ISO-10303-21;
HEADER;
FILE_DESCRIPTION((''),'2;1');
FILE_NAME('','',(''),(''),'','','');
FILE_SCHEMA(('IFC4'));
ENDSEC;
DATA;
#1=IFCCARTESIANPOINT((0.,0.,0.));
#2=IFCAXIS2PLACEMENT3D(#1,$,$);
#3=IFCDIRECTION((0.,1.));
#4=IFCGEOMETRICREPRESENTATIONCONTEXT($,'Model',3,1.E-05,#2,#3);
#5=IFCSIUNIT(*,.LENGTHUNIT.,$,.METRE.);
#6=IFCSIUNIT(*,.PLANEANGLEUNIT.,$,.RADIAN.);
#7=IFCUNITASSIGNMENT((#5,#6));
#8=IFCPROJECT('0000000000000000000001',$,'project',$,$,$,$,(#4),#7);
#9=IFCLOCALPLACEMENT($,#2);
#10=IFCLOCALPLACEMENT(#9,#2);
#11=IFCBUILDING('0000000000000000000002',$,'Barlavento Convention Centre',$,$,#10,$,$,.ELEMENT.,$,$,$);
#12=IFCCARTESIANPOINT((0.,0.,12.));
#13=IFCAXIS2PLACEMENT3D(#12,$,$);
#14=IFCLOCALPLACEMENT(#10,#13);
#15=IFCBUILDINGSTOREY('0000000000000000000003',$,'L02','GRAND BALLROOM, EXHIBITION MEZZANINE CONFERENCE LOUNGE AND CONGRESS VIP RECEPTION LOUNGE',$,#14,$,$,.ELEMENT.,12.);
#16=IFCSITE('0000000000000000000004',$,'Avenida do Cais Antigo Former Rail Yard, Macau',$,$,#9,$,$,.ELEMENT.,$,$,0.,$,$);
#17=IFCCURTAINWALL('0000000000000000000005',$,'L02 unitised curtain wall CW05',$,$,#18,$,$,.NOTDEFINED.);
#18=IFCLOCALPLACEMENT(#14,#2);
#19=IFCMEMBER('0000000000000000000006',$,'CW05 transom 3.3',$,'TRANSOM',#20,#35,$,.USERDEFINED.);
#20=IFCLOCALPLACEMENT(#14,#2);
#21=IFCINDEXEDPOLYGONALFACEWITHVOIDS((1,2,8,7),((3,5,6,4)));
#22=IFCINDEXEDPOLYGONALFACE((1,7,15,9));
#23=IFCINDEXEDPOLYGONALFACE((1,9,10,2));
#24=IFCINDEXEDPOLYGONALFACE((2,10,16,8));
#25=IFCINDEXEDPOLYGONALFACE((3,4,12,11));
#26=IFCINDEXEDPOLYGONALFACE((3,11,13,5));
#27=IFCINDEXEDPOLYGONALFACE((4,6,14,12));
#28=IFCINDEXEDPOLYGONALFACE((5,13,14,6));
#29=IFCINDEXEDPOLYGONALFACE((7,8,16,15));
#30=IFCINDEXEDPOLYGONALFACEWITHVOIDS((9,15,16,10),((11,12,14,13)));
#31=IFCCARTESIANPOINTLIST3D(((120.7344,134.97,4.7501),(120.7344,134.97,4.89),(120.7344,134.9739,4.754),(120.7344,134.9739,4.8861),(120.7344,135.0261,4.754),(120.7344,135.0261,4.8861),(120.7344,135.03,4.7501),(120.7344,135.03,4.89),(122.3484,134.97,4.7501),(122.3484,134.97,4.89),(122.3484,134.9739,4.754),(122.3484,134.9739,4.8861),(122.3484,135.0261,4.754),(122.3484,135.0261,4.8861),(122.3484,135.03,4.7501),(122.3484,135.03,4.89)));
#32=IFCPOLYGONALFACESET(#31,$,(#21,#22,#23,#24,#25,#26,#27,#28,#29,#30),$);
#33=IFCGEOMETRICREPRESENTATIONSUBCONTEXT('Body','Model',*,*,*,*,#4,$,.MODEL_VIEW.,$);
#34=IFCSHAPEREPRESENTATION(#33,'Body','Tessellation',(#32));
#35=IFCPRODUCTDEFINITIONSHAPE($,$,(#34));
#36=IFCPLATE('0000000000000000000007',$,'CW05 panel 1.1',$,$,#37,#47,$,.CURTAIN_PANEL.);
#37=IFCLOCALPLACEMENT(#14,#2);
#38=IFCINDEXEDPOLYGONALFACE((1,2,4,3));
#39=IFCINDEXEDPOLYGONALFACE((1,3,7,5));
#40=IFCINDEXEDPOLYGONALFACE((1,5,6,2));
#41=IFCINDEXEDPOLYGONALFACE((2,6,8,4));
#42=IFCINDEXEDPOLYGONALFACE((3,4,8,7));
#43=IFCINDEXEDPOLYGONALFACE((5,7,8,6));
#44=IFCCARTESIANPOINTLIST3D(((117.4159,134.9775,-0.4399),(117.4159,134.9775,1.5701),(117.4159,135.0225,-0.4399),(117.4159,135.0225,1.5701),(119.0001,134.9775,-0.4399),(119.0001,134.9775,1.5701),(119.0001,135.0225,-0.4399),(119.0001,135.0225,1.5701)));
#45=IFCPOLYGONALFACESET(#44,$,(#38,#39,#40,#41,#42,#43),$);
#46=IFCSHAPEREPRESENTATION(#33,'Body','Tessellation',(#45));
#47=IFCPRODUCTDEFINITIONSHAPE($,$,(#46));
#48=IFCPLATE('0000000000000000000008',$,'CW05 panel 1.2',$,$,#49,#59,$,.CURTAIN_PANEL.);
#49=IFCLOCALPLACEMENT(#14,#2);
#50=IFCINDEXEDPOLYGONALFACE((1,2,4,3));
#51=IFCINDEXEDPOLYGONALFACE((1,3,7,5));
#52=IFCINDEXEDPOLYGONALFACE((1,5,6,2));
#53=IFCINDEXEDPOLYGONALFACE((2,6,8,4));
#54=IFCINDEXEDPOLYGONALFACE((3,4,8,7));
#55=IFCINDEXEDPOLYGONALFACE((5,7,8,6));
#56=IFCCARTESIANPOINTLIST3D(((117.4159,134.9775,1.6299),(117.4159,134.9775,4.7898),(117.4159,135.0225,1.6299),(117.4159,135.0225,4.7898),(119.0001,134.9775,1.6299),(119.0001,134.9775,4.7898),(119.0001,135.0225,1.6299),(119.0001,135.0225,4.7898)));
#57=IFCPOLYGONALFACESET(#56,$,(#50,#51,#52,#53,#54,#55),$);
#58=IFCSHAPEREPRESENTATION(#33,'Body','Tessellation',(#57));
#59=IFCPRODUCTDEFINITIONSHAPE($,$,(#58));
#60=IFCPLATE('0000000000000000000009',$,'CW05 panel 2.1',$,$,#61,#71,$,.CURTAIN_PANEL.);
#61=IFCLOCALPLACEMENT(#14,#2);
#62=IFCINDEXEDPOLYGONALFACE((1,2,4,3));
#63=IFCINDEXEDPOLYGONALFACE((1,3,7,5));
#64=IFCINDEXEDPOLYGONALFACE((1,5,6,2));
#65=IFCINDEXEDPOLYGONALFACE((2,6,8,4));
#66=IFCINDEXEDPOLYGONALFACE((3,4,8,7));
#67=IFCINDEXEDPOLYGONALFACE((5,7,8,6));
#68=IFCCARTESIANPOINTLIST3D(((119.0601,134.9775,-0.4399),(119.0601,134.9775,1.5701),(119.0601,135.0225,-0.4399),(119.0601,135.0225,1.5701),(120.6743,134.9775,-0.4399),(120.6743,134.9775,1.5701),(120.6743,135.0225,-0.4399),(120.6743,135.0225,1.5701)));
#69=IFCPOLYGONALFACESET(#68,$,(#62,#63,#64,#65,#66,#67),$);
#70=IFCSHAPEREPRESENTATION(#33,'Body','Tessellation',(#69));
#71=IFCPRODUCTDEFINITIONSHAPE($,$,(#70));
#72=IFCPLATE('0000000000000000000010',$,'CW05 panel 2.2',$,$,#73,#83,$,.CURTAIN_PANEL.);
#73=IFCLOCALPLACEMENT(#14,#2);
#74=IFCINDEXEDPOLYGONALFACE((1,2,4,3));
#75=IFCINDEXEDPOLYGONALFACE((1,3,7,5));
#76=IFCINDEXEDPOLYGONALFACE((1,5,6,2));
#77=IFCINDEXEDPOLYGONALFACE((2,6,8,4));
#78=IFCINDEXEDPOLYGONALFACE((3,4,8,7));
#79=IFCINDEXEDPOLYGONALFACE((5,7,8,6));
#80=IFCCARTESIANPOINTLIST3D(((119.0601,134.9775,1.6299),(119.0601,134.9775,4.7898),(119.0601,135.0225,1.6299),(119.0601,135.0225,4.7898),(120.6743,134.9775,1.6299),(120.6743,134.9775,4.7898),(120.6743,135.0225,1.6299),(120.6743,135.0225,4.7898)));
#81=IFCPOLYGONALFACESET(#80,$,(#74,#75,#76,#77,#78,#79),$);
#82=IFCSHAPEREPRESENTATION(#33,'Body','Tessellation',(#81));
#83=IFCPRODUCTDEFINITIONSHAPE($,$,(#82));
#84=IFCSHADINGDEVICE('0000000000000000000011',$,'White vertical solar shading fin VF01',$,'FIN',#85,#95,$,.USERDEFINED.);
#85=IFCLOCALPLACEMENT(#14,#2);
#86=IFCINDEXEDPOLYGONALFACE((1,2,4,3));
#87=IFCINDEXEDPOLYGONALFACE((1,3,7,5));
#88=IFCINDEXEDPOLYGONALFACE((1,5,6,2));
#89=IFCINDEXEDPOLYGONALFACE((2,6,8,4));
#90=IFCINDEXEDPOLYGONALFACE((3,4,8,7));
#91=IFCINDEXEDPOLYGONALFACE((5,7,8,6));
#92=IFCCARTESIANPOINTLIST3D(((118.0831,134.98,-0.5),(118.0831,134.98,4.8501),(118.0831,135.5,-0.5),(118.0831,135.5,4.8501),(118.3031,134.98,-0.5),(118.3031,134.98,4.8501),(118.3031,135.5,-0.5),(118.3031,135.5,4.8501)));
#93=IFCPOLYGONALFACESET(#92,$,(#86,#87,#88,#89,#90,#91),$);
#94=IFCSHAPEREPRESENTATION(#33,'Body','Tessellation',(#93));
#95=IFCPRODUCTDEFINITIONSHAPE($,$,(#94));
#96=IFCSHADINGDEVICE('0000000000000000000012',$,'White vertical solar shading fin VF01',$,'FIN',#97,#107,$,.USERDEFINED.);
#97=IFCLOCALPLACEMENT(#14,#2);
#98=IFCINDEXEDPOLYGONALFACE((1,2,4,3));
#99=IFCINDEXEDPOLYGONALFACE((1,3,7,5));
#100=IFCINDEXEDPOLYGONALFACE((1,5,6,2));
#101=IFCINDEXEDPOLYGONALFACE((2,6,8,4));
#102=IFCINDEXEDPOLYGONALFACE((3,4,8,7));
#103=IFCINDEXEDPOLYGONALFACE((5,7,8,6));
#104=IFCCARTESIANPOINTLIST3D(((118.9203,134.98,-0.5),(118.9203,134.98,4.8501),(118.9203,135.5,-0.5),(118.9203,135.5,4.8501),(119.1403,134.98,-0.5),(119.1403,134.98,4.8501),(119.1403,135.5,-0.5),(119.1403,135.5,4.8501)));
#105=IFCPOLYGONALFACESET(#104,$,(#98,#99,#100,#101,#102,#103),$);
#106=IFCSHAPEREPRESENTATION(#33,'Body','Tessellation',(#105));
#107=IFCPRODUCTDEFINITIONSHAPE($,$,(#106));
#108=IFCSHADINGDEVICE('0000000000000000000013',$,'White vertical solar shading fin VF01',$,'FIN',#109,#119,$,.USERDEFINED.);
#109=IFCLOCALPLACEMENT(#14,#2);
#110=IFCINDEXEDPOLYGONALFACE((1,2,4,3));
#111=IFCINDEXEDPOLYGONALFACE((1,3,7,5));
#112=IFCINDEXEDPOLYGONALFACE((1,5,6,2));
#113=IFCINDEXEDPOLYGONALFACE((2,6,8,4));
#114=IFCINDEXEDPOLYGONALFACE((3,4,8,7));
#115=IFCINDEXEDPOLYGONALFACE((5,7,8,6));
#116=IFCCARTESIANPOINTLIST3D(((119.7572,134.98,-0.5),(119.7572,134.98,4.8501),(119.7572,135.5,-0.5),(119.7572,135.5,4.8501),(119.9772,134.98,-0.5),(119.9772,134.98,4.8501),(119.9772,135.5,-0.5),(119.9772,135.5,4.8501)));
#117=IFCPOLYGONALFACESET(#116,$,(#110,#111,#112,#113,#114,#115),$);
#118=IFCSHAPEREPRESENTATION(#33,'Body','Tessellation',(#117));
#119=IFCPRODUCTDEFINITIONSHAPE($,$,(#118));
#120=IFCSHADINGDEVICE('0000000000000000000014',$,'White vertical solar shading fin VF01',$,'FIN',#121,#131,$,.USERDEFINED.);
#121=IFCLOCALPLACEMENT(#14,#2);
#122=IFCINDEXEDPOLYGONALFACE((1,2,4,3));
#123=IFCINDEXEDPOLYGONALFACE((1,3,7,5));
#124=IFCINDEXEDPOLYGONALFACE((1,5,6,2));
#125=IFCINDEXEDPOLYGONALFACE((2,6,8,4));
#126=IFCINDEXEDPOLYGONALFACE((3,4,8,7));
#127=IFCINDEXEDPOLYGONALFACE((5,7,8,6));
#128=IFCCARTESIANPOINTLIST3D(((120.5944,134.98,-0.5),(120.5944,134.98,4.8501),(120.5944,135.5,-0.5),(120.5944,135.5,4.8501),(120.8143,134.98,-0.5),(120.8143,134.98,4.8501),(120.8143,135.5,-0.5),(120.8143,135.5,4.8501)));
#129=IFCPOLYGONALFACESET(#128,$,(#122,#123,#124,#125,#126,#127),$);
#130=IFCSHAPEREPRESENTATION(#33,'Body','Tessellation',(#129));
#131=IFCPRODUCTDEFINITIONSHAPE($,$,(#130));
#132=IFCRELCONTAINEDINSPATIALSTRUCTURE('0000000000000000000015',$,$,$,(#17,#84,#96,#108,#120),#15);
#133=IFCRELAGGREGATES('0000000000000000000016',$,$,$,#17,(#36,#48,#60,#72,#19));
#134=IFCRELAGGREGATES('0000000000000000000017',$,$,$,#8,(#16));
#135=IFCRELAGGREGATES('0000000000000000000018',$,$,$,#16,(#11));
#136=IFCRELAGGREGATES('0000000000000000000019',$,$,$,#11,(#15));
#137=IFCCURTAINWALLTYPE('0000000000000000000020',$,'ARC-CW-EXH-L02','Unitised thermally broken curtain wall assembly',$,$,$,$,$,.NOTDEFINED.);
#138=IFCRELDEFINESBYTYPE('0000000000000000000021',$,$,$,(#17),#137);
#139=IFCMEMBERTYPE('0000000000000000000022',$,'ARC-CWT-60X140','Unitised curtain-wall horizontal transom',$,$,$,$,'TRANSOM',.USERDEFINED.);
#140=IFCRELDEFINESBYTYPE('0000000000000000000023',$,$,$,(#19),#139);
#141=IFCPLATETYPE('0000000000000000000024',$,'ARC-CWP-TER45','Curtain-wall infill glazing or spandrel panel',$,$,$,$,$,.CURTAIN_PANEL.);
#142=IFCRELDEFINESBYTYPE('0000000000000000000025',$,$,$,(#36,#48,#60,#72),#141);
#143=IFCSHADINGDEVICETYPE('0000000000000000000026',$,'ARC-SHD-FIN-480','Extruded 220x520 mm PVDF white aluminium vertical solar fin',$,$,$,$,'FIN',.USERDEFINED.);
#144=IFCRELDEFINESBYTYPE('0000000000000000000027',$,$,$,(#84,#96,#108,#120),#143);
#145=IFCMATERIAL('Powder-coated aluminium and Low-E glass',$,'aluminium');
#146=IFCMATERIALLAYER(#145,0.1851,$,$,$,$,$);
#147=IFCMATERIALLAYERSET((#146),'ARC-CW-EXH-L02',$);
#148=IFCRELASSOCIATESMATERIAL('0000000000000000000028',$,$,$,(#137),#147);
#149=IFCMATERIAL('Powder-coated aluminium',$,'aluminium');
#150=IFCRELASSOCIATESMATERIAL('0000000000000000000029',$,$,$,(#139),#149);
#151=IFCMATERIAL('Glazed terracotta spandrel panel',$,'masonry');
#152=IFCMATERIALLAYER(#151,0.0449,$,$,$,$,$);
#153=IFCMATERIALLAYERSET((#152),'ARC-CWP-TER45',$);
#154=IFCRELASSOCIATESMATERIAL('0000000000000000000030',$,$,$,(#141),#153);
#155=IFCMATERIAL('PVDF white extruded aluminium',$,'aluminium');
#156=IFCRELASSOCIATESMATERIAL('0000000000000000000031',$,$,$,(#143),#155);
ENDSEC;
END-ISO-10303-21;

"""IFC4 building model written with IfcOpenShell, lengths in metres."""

from ifc_helpers import new_model, si_unit, direction, frame, origin, origin_2d, place, context, subcontext, project, spatial, rectangle, hollow_rectangle, extrude, material, layer, layer_set, material_profile, profile_set, type_object, element, aggregate, save


model = new_model("IFC4")

# Units and contexts
model_context = context("Model", 3, precision=1e-05, world=origin(), true_north=direction((0.0, 1.0)))
body_context = subcontext(model_context, "Body", "Model", "MODEL_VIEW")
ifc_project = project(units=[si_unit("LENGTHUNIT", "METRE"), si_unit("PLANEANGLEUNIT", "RADIAN")], contexts=[model_context])

# Site, building, storey
site_placement = place(None, origin())
site = spatial("IfcSite", under=ifc_project, at=site_placement, Name="Avenida do Cais Antigo Former Rail Yard, Macau", CompositionType="ELEMENT", RefElevation=0.0)
building_placement = place(site_placement, origin())
building = spatial("IfcBuilding", under=site, at=building_placement, Name="Barlavento Convention Centre", CompositionType="ELEMENT")
storey_placement = place(building_placement, frame((0.0, 0.0, 12.0)))
storey = spatial("IfcBuildingStorey", under=building, at=storey_placement, Name="L02", Description="GRAND BALLROOM, EXHIBITION MEZZANINE CONFERENCE LOUNGE AND CONGRESS VIP RECEPTION LOUNGE", CompositionType="ELEMENT", Elevation=12.0)

# Curtain wall, member, plates
ifc_material_1 = material(Name="Powder-coated aluminium and Low-E glass", Category="aluminium")
ifc_layer_1 = layer(ifc_material_1, 0.1851)
ifc_layer_set_1 = layer_set([ifc_layer_1], Name="ARC-CW-EXH-L02")
curtain_wall_type = type_object("IfcCurtainWallType", Name="ARC-CW-EXH-L02", Description="Unitised thermally broken curtain wall assembly", PredefinedType="NOTDEFINED", material=ifc_layer_set_1)
curtain_wall_placement = place(storey_placement, origin())
curtain_wall = element("IfcCurtainWall", 1, at=curtain_wall_placement, inside=storey, type_object=curtain_wall_type, Name="L02 unitised curtain wall CW05", PredefinedType="NOTDEFINED")
ifc_material_2 = material(Name="Powder-coated aluminium", Category="aluminium")
ifc_material_profile_1 = material_profile(ifc_material_2, hollow_rectangle(XDim=0.0601, YDim=0.1399, WallThickness=0.0039, at=origin_2d()), Name="AL-TRAN 60x140x4")
ifc_profile_set_1 = profile_set([ifc_material_profile_1], Name="Powder-coated aluminium")
member_type_1 = type_object("IfcMemberType", Name="ARC-CWT-60X140", Description="Unitised curtain-wall horizontal transom", ElementType="TRANSOM", PredefinedType="USERDEFINED", material=ifc_profile_set_1)
member_1_placement = place(storey_placement, frame((120.7344, 135.0, 4.8201), z_axis=(1.0, 0.0, 0.0), x_axis=(0.0, 1.0, 0.0)))
member_1 = element("IfcMember", 2, at=member_1_placement, type_object=member_type_1, Name="CW05 transom 3.3", ObjectType="TRANSOM", PredefinedType="USERDEFINED", context=body_context, shape_type="SweptSolid", body=[
    extrude(hollow_rectangle(XDim=0.0601, YDim=0.1399, WallThickness=0.0039, at=origin_2d()), origin(), (0.0, 0.0, 1.0), 1.614),
])
ifc_material_3 = material(Name="Glazed terracotta spandrel panel", Category="masonry")
ifc_layer_2 = layer(ifc_material_3, 0.0449)
ifc_layer_set_2 = layer_set([ifc_layer_2], Name="ARC-CWP-TER45")
plate_type = type_object("IfcPlateType", Name="ARC-CWP-TER45", Description="Curtain-wall infill glazing or spandrel panel", PredefinedType="CURTAIN_PANEL", material=ifc_layer_set_2)
plate_1_placement = place(storey_placement, frame((118.208, 135.0, -0.4399), z_axis=(0.0, 0.0, 1.0), x_axis=(1.0, 0.0, 0.0)))
plate_1 = element("IfcPlate", 3, at=plate_1_placement, type_object=plate_type, Name="CW05 panel 1.1", PredefinedType="CURTAIN_PANEL", context=body_context, shape_type="SweptSolid", body=[
    extrude(rectangle(XDim=1.5842, YDim=0.0449, at=origin_2d()), origin(), (0.0, 0.0, 1.0), 2.01),
])
plate_2_placement = place(storey_placement, frame((118.208, 135.0, 1.6299), z_axis=(0.0, 0.0, 1.0), x_axis=(1.0, 0.0, 0.0)))
plate_2 = element("IfcPlate", 4, at=plate_2_placement, type_object=plate_type, Name="CW05 panel 1.2", PredefinedType="CURTAIN_PANEL", context=body_context, shape_type="SweptSolid", body=[
    extrude(rectangle(XDim=1.5842, YDim=0.0449, at=origin_2d()), origin(), (0.0, 0.0, 1.0), 3.1599),
])
plate_3_placement = place(storey_placement, frame((119.8672, 135.0, -0.4399), z_axis=(0.0, 0.0, 1.0), x_axis=(1.0, 0.0, 0.0)))
plate_3 = element("IfcPlate", 5, at=plate_3_placement, type_object=plate_type, Name="CW05 panel 2.1", PredefinedType="CURTAIN_PANEL", context=body_context, shape_type="SweptSolid", body=[
    extrude(rectangle(XDim=1.6143, YDim=0.0449, at=origin_2d()), origin(), (0.0, 0.0, 1.0), 2.01),
])
plate_4_placement = place(storey_placement, frame((119.8672, 135.0, 1.6299), z_axis=(0.0, 0.0, 1.0), x_axis=(1.0, 0.0, 0.0)))
plate_4 = element("IfcPlate", 6, at=plate_4_placement, type_object=plate_type, Name="CW05 panel 2.2", PredefinedType="CURTAIN_PANEL", context=body_context, shape_type="SweptSolid", body=[
    extrude(rectangle(XDim=1.6143, YDim=0.0449, at=origin_2d()), origin(), (0.0, 0.0, 1.0), 3.1599),
])
aggregate(curtain_wall, [plate_1, plate_2, plate_3, plate_4, member_1])

# Shading devices
ifc_material_4 = material(Name="PVDF white extruded aluminium", Category="aluminium")
shading_device_type = type_object("IfcShadingDeviceType", Name="ARC-SHD-FIN-480", Description="Extruded 220x520 mm PVDF white aluminium vertical solar fin", ElementType="FIN", PredefinedType="USERDEFINED", material=ifc_material_4)
for number, where, z_axis, x_axis, name in (
    (7, (118.1931, 135.24, -0.5), (0.0, 0.0, 1.0), (1.0, 0.0, 0.0), "White vertical solar shading fin VF01"),
    (8, (119.0303, 135.24, -0.5), (0.0, 0.0, 1.0), (1.0, 0.0, 0.0), "White vertical solar shading fin VF01"),
    (9, (119.8672, 135.24, -0.5), (0.0, 0.0, 1.0), (1.0, 0.0, 0.0), "White vertical solar shading fin VF01"),
    (10, (120.7043, 135.24, -0.5), (0.0, 0.0, 1.0), (1.0, 0.0, 0.0), "White vertical solar shading fin VF01"),
):
    element("IfcShadingDevice", number, at=place(storey_placement, frame(where, z_axis=z_axis, x_axis=x_axis)), inside=storey, type_object=shading_device_type, Name=name, ObjectType="FIN", PredefinedType="USERDEFINED", context=body_context, shape_type="SweptSolid", body=[
        extrude(rectangle(XDim=0.22, YDim=0.52, at=origin_2d()), origin(), (0.0, 0.0, 1.0), 5.3501),
    ])

save(model, "model.ifc")
